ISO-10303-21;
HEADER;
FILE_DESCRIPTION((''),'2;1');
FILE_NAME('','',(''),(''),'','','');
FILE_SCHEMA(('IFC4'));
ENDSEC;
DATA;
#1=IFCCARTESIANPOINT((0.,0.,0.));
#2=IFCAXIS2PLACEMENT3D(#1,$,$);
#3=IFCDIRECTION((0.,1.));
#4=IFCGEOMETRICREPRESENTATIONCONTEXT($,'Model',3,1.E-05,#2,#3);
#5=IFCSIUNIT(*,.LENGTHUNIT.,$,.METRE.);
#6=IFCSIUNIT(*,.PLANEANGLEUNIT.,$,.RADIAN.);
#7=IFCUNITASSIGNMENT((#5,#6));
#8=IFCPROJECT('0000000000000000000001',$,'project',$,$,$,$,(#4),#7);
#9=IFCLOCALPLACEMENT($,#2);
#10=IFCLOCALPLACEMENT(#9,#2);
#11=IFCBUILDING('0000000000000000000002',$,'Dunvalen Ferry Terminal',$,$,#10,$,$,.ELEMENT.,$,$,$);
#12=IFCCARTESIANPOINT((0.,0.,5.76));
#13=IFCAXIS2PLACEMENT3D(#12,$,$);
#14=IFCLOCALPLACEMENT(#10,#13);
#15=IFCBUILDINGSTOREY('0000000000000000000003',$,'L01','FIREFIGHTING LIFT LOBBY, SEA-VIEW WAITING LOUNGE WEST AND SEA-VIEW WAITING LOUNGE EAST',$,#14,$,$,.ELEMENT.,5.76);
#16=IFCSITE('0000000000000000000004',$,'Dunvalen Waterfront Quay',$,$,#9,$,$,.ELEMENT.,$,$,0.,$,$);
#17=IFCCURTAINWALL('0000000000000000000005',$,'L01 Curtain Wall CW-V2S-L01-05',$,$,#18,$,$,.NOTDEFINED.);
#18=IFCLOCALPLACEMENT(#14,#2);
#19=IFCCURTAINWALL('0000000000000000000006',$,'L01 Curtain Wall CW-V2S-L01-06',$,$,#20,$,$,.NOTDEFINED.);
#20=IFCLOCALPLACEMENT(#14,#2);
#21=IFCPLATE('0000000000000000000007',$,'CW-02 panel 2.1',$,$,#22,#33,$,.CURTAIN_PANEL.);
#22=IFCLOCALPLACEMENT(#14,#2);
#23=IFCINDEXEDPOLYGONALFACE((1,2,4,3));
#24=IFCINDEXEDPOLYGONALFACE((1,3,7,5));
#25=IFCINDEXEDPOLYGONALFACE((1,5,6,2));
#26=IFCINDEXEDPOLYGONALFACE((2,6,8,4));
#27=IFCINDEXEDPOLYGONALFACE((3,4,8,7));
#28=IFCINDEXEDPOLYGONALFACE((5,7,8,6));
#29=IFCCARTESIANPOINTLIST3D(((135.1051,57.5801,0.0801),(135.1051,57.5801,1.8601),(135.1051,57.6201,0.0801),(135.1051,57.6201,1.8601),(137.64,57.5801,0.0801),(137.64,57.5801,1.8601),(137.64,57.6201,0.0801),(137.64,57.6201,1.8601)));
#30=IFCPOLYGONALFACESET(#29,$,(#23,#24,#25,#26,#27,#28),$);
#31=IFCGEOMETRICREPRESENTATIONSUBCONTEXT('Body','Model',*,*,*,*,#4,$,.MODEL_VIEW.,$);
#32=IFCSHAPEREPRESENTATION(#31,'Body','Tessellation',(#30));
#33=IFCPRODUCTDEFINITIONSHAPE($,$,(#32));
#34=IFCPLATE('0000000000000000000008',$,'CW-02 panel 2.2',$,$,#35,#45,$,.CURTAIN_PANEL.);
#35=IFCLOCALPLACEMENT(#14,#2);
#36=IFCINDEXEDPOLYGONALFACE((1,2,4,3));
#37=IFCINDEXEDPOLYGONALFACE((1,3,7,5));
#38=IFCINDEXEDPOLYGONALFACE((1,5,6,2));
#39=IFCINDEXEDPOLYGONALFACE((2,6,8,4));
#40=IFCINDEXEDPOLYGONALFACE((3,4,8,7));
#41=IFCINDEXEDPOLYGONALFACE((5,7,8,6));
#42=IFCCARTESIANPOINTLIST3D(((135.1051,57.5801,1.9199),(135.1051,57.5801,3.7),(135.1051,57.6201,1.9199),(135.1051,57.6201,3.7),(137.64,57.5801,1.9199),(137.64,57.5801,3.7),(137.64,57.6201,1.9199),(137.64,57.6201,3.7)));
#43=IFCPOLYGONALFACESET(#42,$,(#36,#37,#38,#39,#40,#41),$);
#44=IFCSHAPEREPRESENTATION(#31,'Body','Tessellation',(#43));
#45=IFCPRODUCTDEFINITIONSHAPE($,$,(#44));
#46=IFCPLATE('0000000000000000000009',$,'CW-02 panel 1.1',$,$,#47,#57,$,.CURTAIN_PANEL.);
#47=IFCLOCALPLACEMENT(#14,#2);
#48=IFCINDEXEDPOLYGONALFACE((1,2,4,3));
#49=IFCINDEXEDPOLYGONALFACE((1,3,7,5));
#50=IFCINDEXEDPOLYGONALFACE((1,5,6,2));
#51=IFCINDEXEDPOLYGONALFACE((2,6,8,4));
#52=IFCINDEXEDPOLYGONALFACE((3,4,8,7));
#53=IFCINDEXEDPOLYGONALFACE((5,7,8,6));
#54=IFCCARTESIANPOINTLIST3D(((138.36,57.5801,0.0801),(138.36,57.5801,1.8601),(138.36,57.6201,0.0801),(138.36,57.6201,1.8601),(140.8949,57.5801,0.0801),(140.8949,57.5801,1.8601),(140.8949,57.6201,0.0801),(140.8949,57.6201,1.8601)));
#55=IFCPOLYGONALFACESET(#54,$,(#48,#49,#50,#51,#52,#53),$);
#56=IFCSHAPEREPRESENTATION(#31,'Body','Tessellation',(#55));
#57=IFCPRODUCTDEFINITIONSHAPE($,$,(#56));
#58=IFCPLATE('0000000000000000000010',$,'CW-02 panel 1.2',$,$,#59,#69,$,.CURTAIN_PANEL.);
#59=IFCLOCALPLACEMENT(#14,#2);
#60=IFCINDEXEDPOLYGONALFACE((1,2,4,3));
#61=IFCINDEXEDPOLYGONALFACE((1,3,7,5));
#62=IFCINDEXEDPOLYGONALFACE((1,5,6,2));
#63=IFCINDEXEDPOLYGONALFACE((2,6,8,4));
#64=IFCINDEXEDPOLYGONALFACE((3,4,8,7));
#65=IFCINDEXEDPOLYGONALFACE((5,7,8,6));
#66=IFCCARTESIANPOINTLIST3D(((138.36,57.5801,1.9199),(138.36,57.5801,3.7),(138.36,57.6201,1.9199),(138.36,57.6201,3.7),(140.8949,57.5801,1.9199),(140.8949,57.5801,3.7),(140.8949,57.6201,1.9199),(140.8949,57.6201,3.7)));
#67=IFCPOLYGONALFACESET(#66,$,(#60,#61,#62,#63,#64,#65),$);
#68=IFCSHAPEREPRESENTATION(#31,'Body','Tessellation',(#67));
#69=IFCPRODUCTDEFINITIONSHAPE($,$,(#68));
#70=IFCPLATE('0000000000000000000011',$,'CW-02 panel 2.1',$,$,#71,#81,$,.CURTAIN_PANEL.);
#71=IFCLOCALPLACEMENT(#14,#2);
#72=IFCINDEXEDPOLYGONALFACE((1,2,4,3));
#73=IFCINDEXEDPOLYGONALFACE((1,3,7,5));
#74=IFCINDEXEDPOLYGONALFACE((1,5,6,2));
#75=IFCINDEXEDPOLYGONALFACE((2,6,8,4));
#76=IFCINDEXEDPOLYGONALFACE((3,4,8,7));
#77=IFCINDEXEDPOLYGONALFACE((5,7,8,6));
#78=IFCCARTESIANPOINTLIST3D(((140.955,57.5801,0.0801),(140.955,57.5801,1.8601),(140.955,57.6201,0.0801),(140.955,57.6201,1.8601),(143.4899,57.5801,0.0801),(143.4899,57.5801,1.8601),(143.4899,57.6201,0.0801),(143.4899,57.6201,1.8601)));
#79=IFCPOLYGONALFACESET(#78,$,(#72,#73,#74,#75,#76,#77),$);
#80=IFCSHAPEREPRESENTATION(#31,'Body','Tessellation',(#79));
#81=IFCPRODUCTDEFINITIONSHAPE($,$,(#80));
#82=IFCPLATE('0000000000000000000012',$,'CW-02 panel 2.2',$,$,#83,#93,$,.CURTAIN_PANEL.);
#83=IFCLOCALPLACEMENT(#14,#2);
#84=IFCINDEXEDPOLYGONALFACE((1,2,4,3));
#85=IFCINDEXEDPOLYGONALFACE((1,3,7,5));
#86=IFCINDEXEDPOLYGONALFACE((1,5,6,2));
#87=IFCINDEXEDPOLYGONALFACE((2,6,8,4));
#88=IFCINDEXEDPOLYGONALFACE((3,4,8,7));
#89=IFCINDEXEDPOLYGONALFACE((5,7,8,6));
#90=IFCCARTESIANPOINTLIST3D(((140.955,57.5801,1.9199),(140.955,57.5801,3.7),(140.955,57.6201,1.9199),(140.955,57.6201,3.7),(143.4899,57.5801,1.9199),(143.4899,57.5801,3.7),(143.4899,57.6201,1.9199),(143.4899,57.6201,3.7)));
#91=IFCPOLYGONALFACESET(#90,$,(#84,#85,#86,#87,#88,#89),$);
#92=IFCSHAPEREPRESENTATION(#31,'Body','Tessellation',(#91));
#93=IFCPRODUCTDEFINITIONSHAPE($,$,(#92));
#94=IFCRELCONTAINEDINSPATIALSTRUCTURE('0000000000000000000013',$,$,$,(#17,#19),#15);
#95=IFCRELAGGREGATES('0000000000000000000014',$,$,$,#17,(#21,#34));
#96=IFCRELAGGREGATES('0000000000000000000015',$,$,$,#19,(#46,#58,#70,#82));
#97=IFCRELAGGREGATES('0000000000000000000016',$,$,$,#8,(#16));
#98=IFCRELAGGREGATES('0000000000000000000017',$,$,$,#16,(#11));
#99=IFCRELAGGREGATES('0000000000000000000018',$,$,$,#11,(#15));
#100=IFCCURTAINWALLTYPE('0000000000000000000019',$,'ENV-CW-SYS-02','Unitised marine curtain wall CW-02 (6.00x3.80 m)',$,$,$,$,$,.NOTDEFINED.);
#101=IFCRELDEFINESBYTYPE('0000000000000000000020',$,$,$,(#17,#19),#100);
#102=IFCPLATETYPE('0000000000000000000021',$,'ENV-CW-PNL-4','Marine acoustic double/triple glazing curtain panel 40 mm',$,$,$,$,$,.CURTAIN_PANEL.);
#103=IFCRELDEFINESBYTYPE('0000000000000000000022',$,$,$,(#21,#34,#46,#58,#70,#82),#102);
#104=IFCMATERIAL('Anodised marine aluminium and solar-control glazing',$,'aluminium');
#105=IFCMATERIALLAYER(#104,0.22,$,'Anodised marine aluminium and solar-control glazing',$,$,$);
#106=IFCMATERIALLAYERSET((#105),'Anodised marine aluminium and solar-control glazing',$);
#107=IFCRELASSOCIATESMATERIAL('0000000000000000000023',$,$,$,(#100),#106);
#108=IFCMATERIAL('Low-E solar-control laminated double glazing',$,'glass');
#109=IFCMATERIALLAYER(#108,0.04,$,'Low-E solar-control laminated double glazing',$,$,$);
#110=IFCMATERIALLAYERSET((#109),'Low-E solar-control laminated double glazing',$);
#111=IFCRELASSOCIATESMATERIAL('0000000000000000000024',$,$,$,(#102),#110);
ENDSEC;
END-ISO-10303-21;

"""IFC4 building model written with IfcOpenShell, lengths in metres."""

from ifc_helpers import new_model, si_unit, direction, frame, origin, origin_2d, place, context, subcontext, project, spatial, rectangle, extrude, material, layer, layer_set, type_object, element, aggregate, save


model = new_model("IFC4")

# Units and contexts
model_context = context("Model", 3, precision=1e-05, world=origin(), true_north=direction((0.0, 1.0)))
body_context = subcontext(model_context, "Body", "Model", "MODEL_VIEW")
ifc_project = project(units=[si_unit("LENGTHUNIT", "METRE"), si_unit("PLANEANGLEUNIT", "RADIAN")], contexts=[model_context])

# Site, building, storey
site_placement = place(None, origin())
site = spatial("IfcSite", under=ifc_project, at=site_placement, Name="Dunvalen Waterfront Quay", CompositionType="ELEMENT", RefElevation=0.0)
building_placement = place(site_placement, origin())
building = spatial("IfcBuilding", under=site, at=building_placement, Name="Dunvalen Ferry Terminal", CompositionType="ELEMENT")
storey_placement = place(building_placement, frame((0.0, 0.0, 5.76)))
storey = spatial("IfcBuildingStorey", under=building, at=storey_placement, Name="L01", Description="FIREFIGHTING LIFT LOBBY, SEA-VIEW WAITING LOUNGE WEST AND SEA-VIEW WAITING LOUNGE EAST", CompositionType="ELEMENT", Elevation=5.76)

# Curtain wall
ifc_material_1 = material(Name="Anodised marine aluminium and solar-control glazing", Category="aluminium")
ifc_layer_1 = layer(ifc_material_1, 0.22, Name="Anodised marine aluminium and solar-control glazing")
ifc_layer_set_1 = layer_set([ifc_layer_1], Name="Anodised marine aluminium and solar-control glazing")
curtain_wall_type = type_object("IfcCurtainWallType", Name="ENV-CW-SYS-02", Description="Unitised marine curtain wall CW-02 (6.00x3.80 m)", PredefinedType="NOTDEFINED", material=ifc_layer_set_1)
curtain_wall_1_placement = place(storey_placement, origin())
curtain_wall_1 = element("IfcCurtainWall", 1, at=curtain_wall_1_placement, inside=storey, type_object=curtain_wall_type, Name="L01 Curtain Wall CW-V2S-L01-05", PredefinedType="NOTDEFINED")

# Curtain wall
curtain_wall_2_placement = place(storey_placement, origin())
curtain_wall_2 = element("IfcCurtainWall", 2, at=curtain_wall_2_placement, inside=storey, type_object=curtain_wall_type, Name="L01 Curtain Wall CW-V2S-L01-06", PredefinedType="NOTDEFINED")

# Plates
ifc_material_2 = material(Name="Low-E solar-control laminated double glazing", Category="glass")
ifc_layer_2 = layer(ifc_material_2, 0.04, Name="Low-E solar-control laminated double glazing")
ifc_layer_set_2 = layer_set([ifc_layer_2], Name="Low-E solar-control laminated double glazing")
plate_type = type_object("IfcPlateType", Name="ENV-CW-PNL-4", Description="Marine acoustic double/triple glazing curtain panel 40 mm", PredefinedType="CURTAIN_PANEL", material=ifc_layer_set_2)
plate_1_placement = place(storey_placement, frame((136.3726, 57.6001, 0.0801), z_axis=(0.0, 0.0, 1.0), x_axis=(1.0, 0.0, 0.0)))
plate_1 = element("IfcPlate", 3, at=plate_1_placement, type_object=plate_type, Name="CW-02 panel 2.1", PredefinedType="CURTAIN_PANEL", context=body_context, shape_type="SweptSolid", body=[
    extrude(rectangle(XDim=2.5349, YDim=0.04, at=origin_2d()), origin(), (0.0, 0.0, 1.0), 1.78),
])
plate_2_placement = place(storey_placement, frame((136.3726, 57.6001, 1.9199), z_axis=(0.0, 0.0, 1.0), x_axis=(1.0, 0.0, 0.0)))
plate_2 = element("IfcPlate", 4, at=plate_2_placement, type_object=plate_type, Name="CW-02 panel 2.2", PredefinedType="CURTAIN_PANEL", context=body_context, shape_type="SweptSolid", body=[
    extrude(rectangle(XDim=2.5349, YDim=0.04, at=origin_2d()), origin(), (0.0, 0.0, 1.0), 1.78),
])
aggregate(curtain_wall_1, [plate_1, plate_2])
plate_3_placement = place(storey_placement, frame((139.6274, 57.6001, 0.0801), z_axis=(0.0, 0.0, 1.0), x_axis=(1.0, 0.0, 0.0)))
plate_3 = element("IfcPlate", 5, at=plate_3_placement, type_object=plate_type, Name="CW-02 panel 1.1", PredefinedType="CURTAIN_PANEL", context=body_context, shape_type="SweptSolid", body=[
    extrude(rectangle(XDim=2.5349, YDim=0.04, at=origin_2d()), origin(), (0.0, 0.0, 1.0), 1.78),
])
plate_4_placement = place(storey_placement, frame((139.6274, 57.6001, 1.9199), z_axis=(0.0, 0.0, 1.0), x_axis=(1.0, 0.0, 0.0)))
plate_4 = element("IfcPlate", 6, at=plate_4_placement, type_object=plate_type, Name="CW-02 panel 1.2", PredefinedType="CURTAIN_PANEL", context=body_context, shape_type="SweptSolid", body=[
    extrude(rectangle(XDim=2.5349, YDim=0.04, at=origin_2d()), origin(), (0.0, 0.0, 1.0), 1.78),
])
plate_5_placement = place(storey_placement, frame((142.2224, 57.6001, 0.0801), z_axis=(0.0, 0.0, 1.0), x_axis=(1.0, 0.0, 0.0)))
plate_5 = element("IfcPlate", 7, at=plate_5_placement, type_object=plate_type, Name="CW-02 panel 2.1", PredefinedType="CURTAIN_PANEL", context=body_context, shape_type="SweptSolid", body=[
    extrude(rectangle(XDim=2.5349, YDim=0.04, at=origin_2d()), origin(), (0.0, 0.0, 1.0), 1.78),
])
plate_6_placement = place(storey_placement, frame((142.2224, 57.6001, 1.9199), z_axis=(0.0, 0.0, 1.0), x_axis=(1.0, 0.0, 0.0)))
plate_6 = element("IfcPlate", 8, at=plate_6_placement, type_object=plate_type, Name="CW-02 panel 2.2", PredefinedType="CURTAIN_PANEL", context=body_context, shape_type="SweptSolid", body=[
    extrude(rectangle(XDim=2.5349, YDim=0.04, at=origin_2d()), origin(), (0.0, 0.0, 1.0), 1.78),
])
aggregate(curtain_wall_2, [plate_3, plate_4, plate_5, plate_6])

save(model, "model.ifc")
